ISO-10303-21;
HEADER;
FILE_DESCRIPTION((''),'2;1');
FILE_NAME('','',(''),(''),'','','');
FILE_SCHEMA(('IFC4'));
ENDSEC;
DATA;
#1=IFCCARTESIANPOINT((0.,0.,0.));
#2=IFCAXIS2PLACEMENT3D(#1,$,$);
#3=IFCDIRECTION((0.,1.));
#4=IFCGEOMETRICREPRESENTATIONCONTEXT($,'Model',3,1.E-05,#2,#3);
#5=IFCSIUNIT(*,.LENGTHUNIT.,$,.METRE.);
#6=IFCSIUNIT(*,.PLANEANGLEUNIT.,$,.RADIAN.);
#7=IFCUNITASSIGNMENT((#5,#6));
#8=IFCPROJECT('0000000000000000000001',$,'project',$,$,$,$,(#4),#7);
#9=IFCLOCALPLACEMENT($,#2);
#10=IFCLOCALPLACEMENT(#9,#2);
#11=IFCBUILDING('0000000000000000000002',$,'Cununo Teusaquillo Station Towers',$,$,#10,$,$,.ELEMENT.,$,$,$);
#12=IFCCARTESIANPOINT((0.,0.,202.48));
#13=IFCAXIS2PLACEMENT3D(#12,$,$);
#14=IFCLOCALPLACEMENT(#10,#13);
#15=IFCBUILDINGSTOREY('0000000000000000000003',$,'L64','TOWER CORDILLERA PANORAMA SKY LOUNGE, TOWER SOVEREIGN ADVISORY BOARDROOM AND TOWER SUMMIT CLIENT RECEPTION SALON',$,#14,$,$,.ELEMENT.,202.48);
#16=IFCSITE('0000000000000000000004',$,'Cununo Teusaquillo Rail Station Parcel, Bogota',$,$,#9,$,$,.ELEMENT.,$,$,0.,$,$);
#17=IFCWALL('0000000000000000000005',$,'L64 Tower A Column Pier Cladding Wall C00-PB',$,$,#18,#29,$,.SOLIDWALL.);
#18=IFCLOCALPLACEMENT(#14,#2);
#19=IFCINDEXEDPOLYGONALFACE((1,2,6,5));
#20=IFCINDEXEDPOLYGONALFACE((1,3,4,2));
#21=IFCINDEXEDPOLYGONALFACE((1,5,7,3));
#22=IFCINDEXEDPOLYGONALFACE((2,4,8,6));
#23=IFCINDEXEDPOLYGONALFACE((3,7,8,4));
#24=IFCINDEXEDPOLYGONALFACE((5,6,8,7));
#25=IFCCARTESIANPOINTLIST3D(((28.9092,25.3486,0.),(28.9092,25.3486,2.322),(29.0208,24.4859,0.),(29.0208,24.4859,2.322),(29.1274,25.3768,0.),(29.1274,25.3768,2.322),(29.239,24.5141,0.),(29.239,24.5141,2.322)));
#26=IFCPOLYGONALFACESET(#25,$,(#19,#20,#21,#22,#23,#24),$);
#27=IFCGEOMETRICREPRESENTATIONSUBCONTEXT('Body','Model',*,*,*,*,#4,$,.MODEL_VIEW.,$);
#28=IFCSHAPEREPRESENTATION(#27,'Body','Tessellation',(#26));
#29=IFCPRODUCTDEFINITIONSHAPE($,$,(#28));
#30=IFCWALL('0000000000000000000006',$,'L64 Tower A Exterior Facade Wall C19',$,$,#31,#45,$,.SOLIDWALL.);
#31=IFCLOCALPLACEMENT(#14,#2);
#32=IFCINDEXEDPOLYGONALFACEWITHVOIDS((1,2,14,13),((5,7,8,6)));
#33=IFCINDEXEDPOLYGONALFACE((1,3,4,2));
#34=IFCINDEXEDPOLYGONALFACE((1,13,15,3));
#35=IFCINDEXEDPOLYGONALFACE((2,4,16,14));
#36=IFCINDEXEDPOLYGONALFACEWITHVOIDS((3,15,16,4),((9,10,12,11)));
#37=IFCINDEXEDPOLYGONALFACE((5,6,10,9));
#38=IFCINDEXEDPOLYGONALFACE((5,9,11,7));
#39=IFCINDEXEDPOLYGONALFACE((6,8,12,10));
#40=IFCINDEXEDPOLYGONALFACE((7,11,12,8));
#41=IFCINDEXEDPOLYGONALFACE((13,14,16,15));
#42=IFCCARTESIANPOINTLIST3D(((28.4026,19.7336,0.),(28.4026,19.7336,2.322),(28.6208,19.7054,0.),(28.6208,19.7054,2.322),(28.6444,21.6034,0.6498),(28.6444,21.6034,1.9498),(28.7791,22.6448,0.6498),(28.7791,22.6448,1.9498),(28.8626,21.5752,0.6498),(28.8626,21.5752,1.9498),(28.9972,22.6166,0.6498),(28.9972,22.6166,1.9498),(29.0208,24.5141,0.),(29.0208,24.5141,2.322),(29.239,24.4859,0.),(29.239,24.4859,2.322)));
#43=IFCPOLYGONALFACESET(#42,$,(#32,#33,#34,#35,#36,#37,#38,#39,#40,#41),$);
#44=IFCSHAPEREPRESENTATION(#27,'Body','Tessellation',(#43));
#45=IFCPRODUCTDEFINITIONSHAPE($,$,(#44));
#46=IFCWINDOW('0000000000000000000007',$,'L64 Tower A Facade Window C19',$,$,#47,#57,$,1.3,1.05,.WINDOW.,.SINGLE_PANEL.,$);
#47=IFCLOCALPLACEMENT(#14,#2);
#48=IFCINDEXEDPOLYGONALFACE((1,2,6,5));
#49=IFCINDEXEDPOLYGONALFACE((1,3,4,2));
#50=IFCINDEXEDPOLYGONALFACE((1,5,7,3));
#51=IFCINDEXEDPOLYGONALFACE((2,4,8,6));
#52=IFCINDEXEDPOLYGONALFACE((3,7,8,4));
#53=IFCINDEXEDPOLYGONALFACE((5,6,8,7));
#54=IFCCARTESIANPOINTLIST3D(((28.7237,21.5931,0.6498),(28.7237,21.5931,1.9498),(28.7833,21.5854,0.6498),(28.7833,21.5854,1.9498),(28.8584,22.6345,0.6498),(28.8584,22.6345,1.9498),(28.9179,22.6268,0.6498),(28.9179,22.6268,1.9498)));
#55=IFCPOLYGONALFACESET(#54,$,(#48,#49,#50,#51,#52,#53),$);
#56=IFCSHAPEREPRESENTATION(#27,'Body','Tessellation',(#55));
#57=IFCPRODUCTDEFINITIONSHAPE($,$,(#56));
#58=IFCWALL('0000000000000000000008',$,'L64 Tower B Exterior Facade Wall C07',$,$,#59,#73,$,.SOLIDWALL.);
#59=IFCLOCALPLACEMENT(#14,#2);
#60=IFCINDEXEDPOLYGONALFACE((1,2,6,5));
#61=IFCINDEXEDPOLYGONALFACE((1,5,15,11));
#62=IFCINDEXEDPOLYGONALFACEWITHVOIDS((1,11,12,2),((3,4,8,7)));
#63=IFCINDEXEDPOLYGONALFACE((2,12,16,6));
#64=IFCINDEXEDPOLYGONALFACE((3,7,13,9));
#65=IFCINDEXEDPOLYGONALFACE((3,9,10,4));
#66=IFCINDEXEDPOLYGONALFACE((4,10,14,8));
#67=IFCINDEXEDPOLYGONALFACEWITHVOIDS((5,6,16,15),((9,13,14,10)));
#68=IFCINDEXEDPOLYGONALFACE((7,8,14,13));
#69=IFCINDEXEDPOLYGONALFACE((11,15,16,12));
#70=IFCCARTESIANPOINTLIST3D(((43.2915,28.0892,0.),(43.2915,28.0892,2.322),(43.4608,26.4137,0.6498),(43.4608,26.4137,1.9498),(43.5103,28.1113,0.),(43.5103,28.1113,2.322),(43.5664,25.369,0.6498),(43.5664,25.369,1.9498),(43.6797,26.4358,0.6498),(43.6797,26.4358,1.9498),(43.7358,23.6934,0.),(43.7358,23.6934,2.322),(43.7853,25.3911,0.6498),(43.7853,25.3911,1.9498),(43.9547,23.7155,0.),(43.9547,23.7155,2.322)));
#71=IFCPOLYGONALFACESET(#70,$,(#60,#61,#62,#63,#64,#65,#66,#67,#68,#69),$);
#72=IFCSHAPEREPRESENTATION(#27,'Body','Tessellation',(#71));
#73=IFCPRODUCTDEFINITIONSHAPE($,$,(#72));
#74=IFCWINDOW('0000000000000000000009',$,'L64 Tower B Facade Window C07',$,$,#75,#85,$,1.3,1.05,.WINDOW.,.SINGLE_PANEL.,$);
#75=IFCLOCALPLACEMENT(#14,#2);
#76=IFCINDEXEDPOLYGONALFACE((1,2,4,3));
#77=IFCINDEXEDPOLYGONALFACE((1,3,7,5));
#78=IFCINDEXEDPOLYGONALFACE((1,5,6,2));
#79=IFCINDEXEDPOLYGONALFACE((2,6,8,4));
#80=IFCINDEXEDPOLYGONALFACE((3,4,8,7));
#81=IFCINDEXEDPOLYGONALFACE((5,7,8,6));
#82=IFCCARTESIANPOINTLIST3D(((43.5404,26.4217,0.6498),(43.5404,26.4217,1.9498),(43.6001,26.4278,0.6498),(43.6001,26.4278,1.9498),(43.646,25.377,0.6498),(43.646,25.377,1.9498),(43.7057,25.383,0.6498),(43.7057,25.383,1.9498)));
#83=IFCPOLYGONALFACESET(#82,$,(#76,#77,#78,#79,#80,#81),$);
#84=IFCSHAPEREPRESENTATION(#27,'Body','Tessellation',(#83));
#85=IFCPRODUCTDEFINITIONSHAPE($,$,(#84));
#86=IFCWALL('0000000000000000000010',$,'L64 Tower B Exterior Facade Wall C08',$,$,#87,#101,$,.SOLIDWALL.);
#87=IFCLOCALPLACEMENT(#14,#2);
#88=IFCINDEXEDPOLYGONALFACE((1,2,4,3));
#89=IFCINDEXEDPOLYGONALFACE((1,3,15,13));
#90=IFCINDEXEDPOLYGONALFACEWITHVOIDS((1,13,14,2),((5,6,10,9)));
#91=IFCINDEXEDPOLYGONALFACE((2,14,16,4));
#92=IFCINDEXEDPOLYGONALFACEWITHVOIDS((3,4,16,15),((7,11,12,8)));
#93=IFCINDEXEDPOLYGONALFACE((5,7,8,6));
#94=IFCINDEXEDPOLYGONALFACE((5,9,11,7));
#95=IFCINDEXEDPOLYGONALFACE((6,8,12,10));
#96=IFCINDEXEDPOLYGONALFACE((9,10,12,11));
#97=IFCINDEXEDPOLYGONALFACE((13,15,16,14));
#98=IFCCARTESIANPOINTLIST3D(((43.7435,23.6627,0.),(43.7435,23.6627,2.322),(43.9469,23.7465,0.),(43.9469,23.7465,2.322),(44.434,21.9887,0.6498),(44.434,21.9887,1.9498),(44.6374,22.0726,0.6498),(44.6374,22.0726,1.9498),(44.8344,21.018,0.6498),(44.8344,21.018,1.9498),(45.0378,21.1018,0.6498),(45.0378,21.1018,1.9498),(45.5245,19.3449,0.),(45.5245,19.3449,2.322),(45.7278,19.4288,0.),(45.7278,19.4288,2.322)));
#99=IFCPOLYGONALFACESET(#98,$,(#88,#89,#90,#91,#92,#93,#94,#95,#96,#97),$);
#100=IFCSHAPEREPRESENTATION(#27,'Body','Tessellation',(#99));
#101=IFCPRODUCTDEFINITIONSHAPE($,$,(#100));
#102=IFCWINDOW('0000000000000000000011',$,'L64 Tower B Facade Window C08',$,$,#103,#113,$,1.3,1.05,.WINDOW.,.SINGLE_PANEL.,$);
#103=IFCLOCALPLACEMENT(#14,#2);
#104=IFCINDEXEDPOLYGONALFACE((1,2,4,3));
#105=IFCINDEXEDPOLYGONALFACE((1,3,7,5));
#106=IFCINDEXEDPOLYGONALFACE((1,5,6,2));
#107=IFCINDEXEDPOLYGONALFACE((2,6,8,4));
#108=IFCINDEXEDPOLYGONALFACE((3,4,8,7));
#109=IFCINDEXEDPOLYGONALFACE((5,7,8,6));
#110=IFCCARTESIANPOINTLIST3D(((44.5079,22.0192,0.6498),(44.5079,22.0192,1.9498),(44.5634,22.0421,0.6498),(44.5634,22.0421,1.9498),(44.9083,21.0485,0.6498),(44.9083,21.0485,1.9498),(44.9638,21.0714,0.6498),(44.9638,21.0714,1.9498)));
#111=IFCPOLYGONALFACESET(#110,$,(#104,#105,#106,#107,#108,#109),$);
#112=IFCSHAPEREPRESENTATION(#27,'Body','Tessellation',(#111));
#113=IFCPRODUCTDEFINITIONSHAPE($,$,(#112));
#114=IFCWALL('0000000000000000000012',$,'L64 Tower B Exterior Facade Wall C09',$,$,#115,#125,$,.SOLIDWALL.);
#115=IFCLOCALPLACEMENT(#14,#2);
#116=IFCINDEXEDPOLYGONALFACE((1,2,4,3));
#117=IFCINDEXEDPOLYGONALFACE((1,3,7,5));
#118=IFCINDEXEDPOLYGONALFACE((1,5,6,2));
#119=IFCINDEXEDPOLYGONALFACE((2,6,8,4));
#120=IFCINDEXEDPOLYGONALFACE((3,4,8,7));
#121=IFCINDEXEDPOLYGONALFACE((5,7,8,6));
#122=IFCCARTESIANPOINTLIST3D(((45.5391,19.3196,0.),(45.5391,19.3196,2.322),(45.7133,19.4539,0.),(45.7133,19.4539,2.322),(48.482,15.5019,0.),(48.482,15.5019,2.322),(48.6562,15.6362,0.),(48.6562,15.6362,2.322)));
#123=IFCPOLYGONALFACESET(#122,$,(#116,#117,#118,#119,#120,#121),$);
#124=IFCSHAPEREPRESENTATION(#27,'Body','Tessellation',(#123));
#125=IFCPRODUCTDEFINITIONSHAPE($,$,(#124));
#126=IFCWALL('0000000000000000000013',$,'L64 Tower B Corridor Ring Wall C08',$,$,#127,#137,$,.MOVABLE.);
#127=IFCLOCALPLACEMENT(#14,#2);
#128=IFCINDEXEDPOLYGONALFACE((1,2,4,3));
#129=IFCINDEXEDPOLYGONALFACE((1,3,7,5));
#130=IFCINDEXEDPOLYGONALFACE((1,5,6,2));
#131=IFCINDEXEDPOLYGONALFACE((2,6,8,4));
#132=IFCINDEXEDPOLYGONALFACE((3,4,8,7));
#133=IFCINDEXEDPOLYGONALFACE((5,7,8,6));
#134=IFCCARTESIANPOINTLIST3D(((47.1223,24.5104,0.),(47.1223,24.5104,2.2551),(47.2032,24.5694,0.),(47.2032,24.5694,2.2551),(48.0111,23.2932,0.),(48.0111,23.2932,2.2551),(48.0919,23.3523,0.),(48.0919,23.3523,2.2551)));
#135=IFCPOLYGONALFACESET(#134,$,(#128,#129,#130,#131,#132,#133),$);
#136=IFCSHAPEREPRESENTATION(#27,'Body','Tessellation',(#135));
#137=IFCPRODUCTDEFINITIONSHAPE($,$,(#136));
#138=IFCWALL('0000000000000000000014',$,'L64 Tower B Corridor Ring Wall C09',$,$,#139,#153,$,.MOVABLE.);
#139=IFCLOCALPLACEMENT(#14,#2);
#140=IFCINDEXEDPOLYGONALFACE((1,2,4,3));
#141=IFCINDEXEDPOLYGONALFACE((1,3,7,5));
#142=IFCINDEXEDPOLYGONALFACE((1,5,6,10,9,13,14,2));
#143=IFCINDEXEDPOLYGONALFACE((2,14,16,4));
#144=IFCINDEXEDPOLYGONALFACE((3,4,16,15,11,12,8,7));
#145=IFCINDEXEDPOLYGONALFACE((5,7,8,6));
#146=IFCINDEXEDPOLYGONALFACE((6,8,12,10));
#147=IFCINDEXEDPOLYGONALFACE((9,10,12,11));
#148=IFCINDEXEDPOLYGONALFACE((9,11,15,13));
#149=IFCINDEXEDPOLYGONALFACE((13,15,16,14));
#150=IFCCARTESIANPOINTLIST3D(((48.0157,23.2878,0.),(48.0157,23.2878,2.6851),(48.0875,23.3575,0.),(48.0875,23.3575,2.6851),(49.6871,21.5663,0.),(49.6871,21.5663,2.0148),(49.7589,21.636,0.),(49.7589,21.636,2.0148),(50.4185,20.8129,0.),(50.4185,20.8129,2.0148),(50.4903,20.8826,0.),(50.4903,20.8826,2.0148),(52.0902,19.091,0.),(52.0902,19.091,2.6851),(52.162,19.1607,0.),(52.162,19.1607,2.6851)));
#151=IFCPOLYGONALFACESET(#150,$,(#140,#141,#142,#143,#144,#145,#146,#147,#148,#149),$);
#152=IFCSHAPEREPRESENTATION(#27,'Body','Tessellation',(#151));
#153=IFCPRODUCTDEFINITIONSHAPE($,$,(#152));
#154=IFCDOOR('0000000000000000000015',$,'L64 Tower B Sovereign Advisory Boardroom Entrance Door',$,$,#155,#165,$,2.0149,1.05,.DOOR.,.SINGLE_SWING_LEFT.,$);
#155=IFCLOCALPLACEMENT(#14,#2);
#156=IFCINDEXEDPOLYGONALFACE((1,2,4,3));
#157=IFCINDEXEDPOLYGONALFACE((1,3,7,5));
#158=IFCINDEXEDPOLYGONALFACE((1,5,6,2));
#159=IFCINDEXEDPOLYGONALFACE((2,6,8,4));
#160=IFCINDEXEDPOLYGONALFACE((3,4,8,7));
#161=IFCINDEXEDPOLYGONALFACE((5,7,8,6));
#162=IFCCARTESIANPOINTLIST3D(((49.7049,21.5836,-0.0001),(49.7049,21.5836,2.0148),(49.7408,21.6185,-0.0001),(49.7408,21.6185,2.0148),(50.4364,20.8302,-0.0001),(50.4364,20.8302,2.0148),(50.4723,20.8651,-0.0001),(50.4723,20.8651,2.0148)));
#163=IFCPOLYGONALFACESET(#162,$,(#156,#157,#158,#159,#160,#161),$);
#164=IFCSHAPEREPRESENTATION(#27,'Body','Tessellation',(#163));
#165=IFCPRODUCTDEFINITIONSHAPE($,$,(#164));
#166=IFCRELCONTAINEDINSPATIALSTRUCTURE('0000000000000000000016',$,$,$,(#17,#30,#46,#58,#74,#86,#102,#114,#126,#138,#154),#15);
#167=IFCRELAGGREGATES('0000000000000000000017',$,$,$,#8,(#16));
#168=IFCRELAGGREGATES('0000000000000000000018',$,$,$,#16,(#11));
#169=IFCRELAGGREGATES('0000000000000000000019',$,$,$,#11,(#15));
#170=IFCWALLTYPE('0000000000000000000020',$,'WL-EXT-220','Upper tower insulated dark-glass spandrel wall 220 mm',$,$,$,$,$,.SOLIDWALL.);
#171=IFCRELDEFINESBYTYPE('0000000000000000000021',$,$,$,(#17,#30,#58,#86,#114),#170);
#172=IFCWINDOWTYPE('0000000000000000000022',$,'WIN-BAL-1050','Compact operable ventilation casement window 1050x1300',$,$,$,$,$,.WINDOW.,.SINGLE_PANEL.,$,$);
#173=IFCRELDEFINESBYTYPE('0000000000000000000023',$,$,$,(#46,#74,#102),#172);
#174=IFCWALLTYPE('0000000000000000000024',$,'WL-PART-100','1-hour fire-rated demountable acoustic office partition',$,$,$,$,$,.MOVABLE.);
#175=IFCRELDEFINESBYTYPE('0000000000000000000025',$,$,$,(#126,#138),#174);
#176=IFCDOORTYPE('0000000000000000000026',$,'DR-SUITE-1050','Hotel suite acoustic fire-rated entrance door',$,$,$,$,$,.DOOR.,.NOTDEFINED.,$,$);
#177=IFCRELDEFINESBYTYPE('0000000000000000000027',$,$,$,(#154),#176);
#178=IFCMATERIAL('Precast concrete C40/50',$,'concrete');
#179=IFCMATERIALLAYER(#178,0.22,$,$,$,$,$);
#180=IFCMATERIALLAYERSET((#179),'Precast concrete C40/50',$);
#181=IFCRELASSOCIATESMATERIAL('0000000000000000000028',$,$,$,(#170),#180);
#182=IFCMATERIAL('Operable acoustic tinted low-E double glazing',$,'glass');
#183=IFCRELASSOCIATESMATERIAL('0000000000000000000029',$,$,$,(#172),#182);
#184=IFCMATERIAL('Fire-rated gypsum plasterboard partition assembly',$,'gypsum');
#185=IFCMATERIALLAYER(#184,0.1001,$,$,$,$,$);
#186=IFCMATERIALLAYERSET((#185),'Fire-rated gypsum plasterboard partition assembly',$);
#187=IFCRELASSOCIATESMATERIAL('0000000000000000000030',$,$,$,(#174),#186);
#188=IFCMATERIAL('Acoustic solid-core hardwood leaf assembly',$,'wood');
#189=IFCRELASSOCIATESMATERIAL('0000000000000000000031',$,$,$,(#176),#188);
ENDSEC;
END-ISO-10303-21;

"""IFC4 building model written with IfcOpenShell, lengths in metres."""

from ifc_helpers import new_model, si_unit, direction, frame, frame_2d, origin, place, context, subcontext, project, spatial, rectangle, extrude, source, transform, mapped, material, layer, layer_set, type_object, element, fill, save


model = new_model("IFC4")

# Units and contexts
model_context = context("Model", 3, precision=1e-05, world=origin(), true_north=direction((0.0, 1.0)))
body_context = subcontext(model_context, "Body", "Model", "MODEL_VIEW")
ifc_project = project(units=[si_unit("LENGTHUNIT", "METRE"), si_unit("PLANEANGLEUNIT", "RADIAN")], contexts=[model_context])

# Site, building, storey
site_placement = place(None, origin())
site = spatial("IfcSite", under=ifc_project, at=site_placement, Name="Cununo Teusaquillo Rail Station Parcel, Bogota", CompositionType="ELEMENT", RefElevation=0.0)
building_placement = place(site_placement, origin())
building = spatial("IfcBuilding", under=site, at=building_placement, Name="Cununo Teusaquillo Station Towers", CompositionType="ELEMENT")
storey_placement = place(building_placement, frame((0.0, 0.0, 202.48)))
storey = spatial("IfcBuildingStorey", under=building, at=storey_placement, Name="L64", Description="TOWER CORDILLERA PANORAMA SKY LOUNGE, TOWER SOVEREIGN ADVISORY BOARDROOM AND TOWER SUMMIT CLIENT RECEPTION SALON", CompositionType="ELEMENT", Elevation=202.48)

# Wall
ifc_material_1 = material(Name="Precast concrete C40/50", Category="concrete")
ifc_layer_1 = layer(ifc_material_1, 0.22)
ifc_layer_set_1 = layer_set([ifc_layer_1], Name="Precast concrete C40/50")
wall_type_1 = type_object("IfcWallType", Name="WL-EXT-220", Description="Upper tower insulated dark-glass spandrel wall 220 mm", PredefinedType="SOLIDWALL", material=ifc_layer_set_1)
wall_1_placement = place(storey_placement, frame((29.0183, 25.3628, 0.0), z_axis=(0.0, 0.0, 1.0), x_axis=(0.128247, -0.991742, 0.0)))
element("IfcWall", 1, at=wall_1_placement, inside=storey, type_object=wall_type_1, Name="L64 Tower A Column Pier Cladding Wall C00-PB", PredefinedType="SOLIDWALL", context=body_context, shape_type="SweptSolid", body=[
    extrude(rectangle(XDim=0.8699, YDim=0.22, at=frame_2d((0.4351, 0.0))), origin(), (0.0, 0.0, 1.0), 2.322),
])

# Walls, openings, windows
wall_2_placement = place(storey_placement, frame((29.1299, 24.5, 0.0), z_axis=(0.0, 0.0, 1.0), x_axis=(-0.128241, -0.991743, 0.0)))
wall_2 = element("IfcWall", 2, at=wall_2_placement, inside=storey, type_object=wall_type_1, Name="L64 Tower A Exterior Facade Wall C19", PredefinedType="SOLIDWALL", context=body_context, shape_type="SweptSolid", body=[
    extrude(rectangle(XDim=4.8203, YDim=0.22, at=frame_2d((2.4102, 0.0))), origin(), (0.0, 0.0, 1.0), 2.322),
])
shared_shape_1 = source(origin(), body_context, "Body", "SweptSolid", [
    extrude(rectangle(XDim=1.05, YDim=1.3, at=frame_2d((0.5249, 0.6499))), frame((0.0, 0.1199, 0.0), z_axis=(0.0, -1.0, 0.0), x_axis=(1.0, 0.0, 0.0)), (0.0, 0.0, 1.0), 0.24),
])
opening_1_placement = place(wall_2_placement, frame((1.885, 0.0, 0.6499)))
opening_1 = element("IfcOpeningElement", 3, at=opening_1_placement, cuts=wall_2, PredefinedType="OPENING", context=body_context, shape_type="MappedRepresentation", body=[
    mapped(shared_shape_1, transform((0.0, 0.0, 0.0), x_axis=(1.0, 0.0, 0.0), y_axis=(0.0, 1.0, 0.0), z_axis=(0.0, 0.0, 1.0), scale=1.0)),
])
ifc_material_2 = material(Name="Operable acoustic tinted low-E double glazing", Category="glass")
window_type = type_object("IfcWindowType", Name="WIN-BAL-1050", Description="Compact operable ventilation casement window 1050x1300", PartitioningType="SINGLE_PANEL", PredefinedType="WINDOW", material=ifc_material_2)
shared_shape_2 = source(origin(), body_context, "Body", "SweptSolid", [
    extrude(rectangle(XDim=1.05, YDim=1.3, at=frame_2d((0.5249, 0.6499))), frame((0.0, 0.03, 0.0), z_axis=(0.0, -1.0, 0.0), x_axis=(1.0, 0.0, 0.0)), (0.0, 0.0, 1.0), 0.0601),
])
window_1_placement = place(opening_1_placement, origin())
window_1 = element("IfcWindow", 4, at=window_1_placement, inside=storey, type_object=window_type, Name="L64 Tower A Facade Window C19", OverallHeight=1.3, OverallWidth=1.05, PartitioningType="SINGLE_PANEL", PredefinedType="WINDOW", context=body_context, shape_type="MappedRepresentation", body=[
    mapped(shared_shape_2, transform((0.0, 0.0, 0.0), x_axis=(1.0, 0.0, 0.0), y_axis=(0.0, 1.0, 0.0), z_axis=(0.0, 0.0, 1.0), scale=1.0)),
])
fill(opening_1, window_1)
wall_3_placement = place(storey_placement, frame((43.8452, 23.7046, 0.0), z_axis=(0.0, 0.0, 1.0), x_axis=(-0.100571, 0.99493, 0.0)))
wall_3 = element("IfcWall", 5, at=wall_3_placement, inside=storey, type_object=wall_type_1, Name="L64 Tower B Exterior Facade Wall C07", PredefinedType="SOLIDWALL", context=body_context, shape_type="SweptSolid", body=[
    extrude(rectangle(XDim=4.4182, YDim=0.22, at=frame_2d((2.209, 0.0))), origin(), (0.0, 0.0, 1.0), 2.322),
])
opening_2_placement = place(wall_3_placement, frame((1.6841, 0.0, 0.6499)))
opening_2 = element("IfcOpeningElement", 6, at=opening_2_placement, cuts=wall_3, PredefinedType="OPENING", context=body_context, shape_type="MappedRepresentation", body=[
    mapped(shared_shape_1, transform((0.0, 0.0, 0.0), x_axis=(1.0, 0.0, 0.0), y_axis=(0.0, 1.0, 0.0), z_axis=(0.0, 0.0, 1.0), scale=1.0)),
])
window_2_placement = place(opening_2_placement, origin())
window_2 = element("IfcWindow", 7, at=window_2_placement, inside=storey, type_object=window_type, Name="L64 Tower B Facade Window C07", OverallHeight=1.3, OverallWidth=1.05, PartitioningType="SINGLE_PANEL", PredefinedType="WINDOW", context=body_context, shape_type="MappedRepresentation", body=[
    mapped(shared_shape_2, transform((0.0, 0.0, 0.0), x_axis=(1.0, 0.0, 0.0), y_axis=(0.0, 1.0, 0.0), z_axis=(0.0, 0.0, 1.0), scale=1.0)),
])
fill(opening_2, window_2)
wall_4_placement = place(storey_placement, frame((45.6262, 19.3867, 0.0), z_axis=(0.0, 0.0, 1.0), x_axis=(-0.38131, 0.924447, 0.0)))
wall_4 = element("IfcWall", 8, at=wall_4_placement, inside=storey, type_object=wall_type_1, Name="L64 Tower B Exterior Facade Wall C08", PredefinedType="SOLIDWALL", context=body_context, shape_type="SweptSolid", body=[
    extrude(rectangle(XDim=4.6707, YDim=0.22, at=frame_2d((2.3354, 0.0))), origin(), (0.0, 0.0, 1.0), 2.322),
])
opening_3_placement = place(wall_4_placement, frame((1.8101, 0.0, 0.6499)))
opening_3 = element("IfcOpeningElement", 9, at=opening_3_placement, cuts=wall_4, PredefinedType="OPENING", context=body_context, shape_type="MappedRepresentation", body=[
    mapped(shared_shape_1, transform((0.0, 0.0, 0.0), x_axis=(1.0, 0.0, 0.0), y_axis=(0.0, 1.0, 0.0), z_axis=(0.0, 0.0, 1.0), scale=1.0)),
])
window_3_placement = place(opening_3_placement, origin())
window_3 = element("IfcWindow", 10, at=window_3_placement, inside=storey, type_object=window_type, Name="L64 Tower B Facade Window C08", OverallHeight=1.3, OverallWidth=1.05, PartitioningType="SINGLE_PANEL", PredefinedType="WINDOW", context=body_context, shape_type="MappedRepresentation", body=[
    mapped(shared_shape_2, transform((0.0, 0.0, 0.0), x_axis=(1.0, 0.0, 0.0), y_axis=(0.0, 1.0, 0.0), z_axis=(0.0, 0.0, 1.0), scale=1.0)),
])
fill(opening_3, window_3)

# Walls
wall_5_placement = place(storey_placement, frame((48.5691, 15.5691, 0.0), z_axis=(0.0, 0.0, 1.0), x_axis=(-0.610523, 0.791998, 0.0)))
element("IfcWall", 11, at=wall_5_placement, inside=storey, type_object=wall_type_1, Name="L64 Tower B Exterior Facade Wall C09", PredefinedType="SOLIDWALL", context=body_context, shape_type="SweptSolid", body=[
    extrude(rectangle(XDim=4.8203, YDim=0.22, at=frame_2d((2.4102, 0.0))), origin(), (0.0, 0.0, 1.0), 2.322),
])
ifc_material_3 = material(Name="Fire-rated gypsum plasterboard partition assembly", Category="gypsum")
ifc_layer_2 = layer(ifc_material_3, 0.1001)
ifc_layer_set_2 = layer_set([ifc_layer_2], Name="Fire-rated gypsum plasterboard partition assembly")
wall_type_2 = type_object("IfcWallType", Name="WL-PART-100", Description="1-hour fire-rated demountable acoustic office partition", PredefinedType="MOVABLE", material=ifc_layer_set_2)
wall_6_placement = place(storey_placement, frame((47.1628, 24.5398, 0.0), z_axis=(0.0, 0.0, 1.0), x_axis=(0.589712, -0.807614, 0.0)))
element("IfcWall", 12, at=wall_6_placement, inside=storey, type_object=wall_type_2, Name="L64 Tower B Corridor Ring Wall C08", PredefinedType="MOVABLE", context=body_context, shape_type="SweptSolid", body=[
    extrude(rectangle(XDim=1.5071, YDim=0.1001, at=frame_2d((0.7534, 0.0))), origin(), (0.0, 0.0, 1.0), 2.2551),
])

# Wall, opening, door
wall_7_placement = place(storey_placement, frame((48.0515, 23.3228, 0.0), z_axis=(0.0, 0.0, 1.0), x_axis=(0.696574, -0.717485, 0.0)))
wall_7 = element("IfcWall", 13, at=wall_7_placement, inside=storey, type_object=wall_type_2, Name="L64 Tower B Corridor Ring Wall C09", PredefinedType="MOVABLE", context=body_context, shape_type="SweptSolid", body=[
    extrude(rectangle(XDim=5.8494, YDim=0.1001, at=frame_2d((2.9248, 0.0))), origin(), (0.0, 0.0, 1.0), 2.6851),
])
shared_shape_3 = source(origin(), body_context, "Body", "SweptSolid", [
    extrude(rectangle(XDim=1.05, YDim=2.0149, at=frame_2d((0.5249, 1.0073))), frame((0.0, 0.0601, 0.0), z_axis=(0.0, -1.0, 0.0), x_axis=(1.0, 0.0, 0.0)), (0.0, 0.0, 1.0), 0.1201),
])
opening_4_placement = place(wall_7_placement, frame((2.3997, 0.0, 0.0)))
opening_4 = element("IfcOpeningElement", 14, at=opening_4_placement, cuts=wall_7, PredefinedType="OPENING", context=body_context, shape_type="MappedRepresentation", body=[
    mapped(shared_shape_3, transform((0.0, 0.0, 0.0), x_axis=(1.0, 0.0, 0.0), y_axis=(0.0, 1.0, 0.0), z_axis=(0.0, 0.0, 1.0), scale=1.0)),
])
ifc_material_4 = material(Name="Acoustic solid-core hardwood leaf assembly", Category="wood")
door_type_1 = type_object("IfcDoorType", Name="DR-SUITE-1050", Description="Hotel suite acoustic fire-rated entrance door", OperationType="NOTDEFINED", PredefinedType="DOOR", material=ifc_material_4)
shared_shape_4 = source(origin(), body_context, "Body", "SweptSolid", [
    extrude(rectangle(XDim=1.05, YDim=2.0149, at=frame_2d((0.5249, 1.0073))), frame((0.0, 0.0249, 0.0), z_axis=(0.0, -1.0, 0.0), x_axis=(1.0, 0.0, 0.0)), (0.0, 0.0, 1.0), 0.05),
])
door_1_placement = place(opening_4_placement, origin())
door_1 = element("IfcDoor", 15, at=door_1_placement, inside=storey, type_object=door_type_1, Name="L64 Tower B Sovereign Advisory Boardroom Entrance Door", OperationType="SINGLE_SWING_LEFT", OverallHeight=2.0149, OverallWidth=1.05, PredefinedType="DOOR", context=body_context, shape_type="MappedRepresentation", body=[
    mapped(shared_shape_4, transform((0.0, 0.0, 0.0), x_axis=(1.0, 0.0, 0.0), y_axis=(0.0, 1.0, 0.0), z_axis=(0.0, 0.0, 1.0), scale=1.0)),
])
fill(opening_4, door_1)

save(model, "model.ifc")
